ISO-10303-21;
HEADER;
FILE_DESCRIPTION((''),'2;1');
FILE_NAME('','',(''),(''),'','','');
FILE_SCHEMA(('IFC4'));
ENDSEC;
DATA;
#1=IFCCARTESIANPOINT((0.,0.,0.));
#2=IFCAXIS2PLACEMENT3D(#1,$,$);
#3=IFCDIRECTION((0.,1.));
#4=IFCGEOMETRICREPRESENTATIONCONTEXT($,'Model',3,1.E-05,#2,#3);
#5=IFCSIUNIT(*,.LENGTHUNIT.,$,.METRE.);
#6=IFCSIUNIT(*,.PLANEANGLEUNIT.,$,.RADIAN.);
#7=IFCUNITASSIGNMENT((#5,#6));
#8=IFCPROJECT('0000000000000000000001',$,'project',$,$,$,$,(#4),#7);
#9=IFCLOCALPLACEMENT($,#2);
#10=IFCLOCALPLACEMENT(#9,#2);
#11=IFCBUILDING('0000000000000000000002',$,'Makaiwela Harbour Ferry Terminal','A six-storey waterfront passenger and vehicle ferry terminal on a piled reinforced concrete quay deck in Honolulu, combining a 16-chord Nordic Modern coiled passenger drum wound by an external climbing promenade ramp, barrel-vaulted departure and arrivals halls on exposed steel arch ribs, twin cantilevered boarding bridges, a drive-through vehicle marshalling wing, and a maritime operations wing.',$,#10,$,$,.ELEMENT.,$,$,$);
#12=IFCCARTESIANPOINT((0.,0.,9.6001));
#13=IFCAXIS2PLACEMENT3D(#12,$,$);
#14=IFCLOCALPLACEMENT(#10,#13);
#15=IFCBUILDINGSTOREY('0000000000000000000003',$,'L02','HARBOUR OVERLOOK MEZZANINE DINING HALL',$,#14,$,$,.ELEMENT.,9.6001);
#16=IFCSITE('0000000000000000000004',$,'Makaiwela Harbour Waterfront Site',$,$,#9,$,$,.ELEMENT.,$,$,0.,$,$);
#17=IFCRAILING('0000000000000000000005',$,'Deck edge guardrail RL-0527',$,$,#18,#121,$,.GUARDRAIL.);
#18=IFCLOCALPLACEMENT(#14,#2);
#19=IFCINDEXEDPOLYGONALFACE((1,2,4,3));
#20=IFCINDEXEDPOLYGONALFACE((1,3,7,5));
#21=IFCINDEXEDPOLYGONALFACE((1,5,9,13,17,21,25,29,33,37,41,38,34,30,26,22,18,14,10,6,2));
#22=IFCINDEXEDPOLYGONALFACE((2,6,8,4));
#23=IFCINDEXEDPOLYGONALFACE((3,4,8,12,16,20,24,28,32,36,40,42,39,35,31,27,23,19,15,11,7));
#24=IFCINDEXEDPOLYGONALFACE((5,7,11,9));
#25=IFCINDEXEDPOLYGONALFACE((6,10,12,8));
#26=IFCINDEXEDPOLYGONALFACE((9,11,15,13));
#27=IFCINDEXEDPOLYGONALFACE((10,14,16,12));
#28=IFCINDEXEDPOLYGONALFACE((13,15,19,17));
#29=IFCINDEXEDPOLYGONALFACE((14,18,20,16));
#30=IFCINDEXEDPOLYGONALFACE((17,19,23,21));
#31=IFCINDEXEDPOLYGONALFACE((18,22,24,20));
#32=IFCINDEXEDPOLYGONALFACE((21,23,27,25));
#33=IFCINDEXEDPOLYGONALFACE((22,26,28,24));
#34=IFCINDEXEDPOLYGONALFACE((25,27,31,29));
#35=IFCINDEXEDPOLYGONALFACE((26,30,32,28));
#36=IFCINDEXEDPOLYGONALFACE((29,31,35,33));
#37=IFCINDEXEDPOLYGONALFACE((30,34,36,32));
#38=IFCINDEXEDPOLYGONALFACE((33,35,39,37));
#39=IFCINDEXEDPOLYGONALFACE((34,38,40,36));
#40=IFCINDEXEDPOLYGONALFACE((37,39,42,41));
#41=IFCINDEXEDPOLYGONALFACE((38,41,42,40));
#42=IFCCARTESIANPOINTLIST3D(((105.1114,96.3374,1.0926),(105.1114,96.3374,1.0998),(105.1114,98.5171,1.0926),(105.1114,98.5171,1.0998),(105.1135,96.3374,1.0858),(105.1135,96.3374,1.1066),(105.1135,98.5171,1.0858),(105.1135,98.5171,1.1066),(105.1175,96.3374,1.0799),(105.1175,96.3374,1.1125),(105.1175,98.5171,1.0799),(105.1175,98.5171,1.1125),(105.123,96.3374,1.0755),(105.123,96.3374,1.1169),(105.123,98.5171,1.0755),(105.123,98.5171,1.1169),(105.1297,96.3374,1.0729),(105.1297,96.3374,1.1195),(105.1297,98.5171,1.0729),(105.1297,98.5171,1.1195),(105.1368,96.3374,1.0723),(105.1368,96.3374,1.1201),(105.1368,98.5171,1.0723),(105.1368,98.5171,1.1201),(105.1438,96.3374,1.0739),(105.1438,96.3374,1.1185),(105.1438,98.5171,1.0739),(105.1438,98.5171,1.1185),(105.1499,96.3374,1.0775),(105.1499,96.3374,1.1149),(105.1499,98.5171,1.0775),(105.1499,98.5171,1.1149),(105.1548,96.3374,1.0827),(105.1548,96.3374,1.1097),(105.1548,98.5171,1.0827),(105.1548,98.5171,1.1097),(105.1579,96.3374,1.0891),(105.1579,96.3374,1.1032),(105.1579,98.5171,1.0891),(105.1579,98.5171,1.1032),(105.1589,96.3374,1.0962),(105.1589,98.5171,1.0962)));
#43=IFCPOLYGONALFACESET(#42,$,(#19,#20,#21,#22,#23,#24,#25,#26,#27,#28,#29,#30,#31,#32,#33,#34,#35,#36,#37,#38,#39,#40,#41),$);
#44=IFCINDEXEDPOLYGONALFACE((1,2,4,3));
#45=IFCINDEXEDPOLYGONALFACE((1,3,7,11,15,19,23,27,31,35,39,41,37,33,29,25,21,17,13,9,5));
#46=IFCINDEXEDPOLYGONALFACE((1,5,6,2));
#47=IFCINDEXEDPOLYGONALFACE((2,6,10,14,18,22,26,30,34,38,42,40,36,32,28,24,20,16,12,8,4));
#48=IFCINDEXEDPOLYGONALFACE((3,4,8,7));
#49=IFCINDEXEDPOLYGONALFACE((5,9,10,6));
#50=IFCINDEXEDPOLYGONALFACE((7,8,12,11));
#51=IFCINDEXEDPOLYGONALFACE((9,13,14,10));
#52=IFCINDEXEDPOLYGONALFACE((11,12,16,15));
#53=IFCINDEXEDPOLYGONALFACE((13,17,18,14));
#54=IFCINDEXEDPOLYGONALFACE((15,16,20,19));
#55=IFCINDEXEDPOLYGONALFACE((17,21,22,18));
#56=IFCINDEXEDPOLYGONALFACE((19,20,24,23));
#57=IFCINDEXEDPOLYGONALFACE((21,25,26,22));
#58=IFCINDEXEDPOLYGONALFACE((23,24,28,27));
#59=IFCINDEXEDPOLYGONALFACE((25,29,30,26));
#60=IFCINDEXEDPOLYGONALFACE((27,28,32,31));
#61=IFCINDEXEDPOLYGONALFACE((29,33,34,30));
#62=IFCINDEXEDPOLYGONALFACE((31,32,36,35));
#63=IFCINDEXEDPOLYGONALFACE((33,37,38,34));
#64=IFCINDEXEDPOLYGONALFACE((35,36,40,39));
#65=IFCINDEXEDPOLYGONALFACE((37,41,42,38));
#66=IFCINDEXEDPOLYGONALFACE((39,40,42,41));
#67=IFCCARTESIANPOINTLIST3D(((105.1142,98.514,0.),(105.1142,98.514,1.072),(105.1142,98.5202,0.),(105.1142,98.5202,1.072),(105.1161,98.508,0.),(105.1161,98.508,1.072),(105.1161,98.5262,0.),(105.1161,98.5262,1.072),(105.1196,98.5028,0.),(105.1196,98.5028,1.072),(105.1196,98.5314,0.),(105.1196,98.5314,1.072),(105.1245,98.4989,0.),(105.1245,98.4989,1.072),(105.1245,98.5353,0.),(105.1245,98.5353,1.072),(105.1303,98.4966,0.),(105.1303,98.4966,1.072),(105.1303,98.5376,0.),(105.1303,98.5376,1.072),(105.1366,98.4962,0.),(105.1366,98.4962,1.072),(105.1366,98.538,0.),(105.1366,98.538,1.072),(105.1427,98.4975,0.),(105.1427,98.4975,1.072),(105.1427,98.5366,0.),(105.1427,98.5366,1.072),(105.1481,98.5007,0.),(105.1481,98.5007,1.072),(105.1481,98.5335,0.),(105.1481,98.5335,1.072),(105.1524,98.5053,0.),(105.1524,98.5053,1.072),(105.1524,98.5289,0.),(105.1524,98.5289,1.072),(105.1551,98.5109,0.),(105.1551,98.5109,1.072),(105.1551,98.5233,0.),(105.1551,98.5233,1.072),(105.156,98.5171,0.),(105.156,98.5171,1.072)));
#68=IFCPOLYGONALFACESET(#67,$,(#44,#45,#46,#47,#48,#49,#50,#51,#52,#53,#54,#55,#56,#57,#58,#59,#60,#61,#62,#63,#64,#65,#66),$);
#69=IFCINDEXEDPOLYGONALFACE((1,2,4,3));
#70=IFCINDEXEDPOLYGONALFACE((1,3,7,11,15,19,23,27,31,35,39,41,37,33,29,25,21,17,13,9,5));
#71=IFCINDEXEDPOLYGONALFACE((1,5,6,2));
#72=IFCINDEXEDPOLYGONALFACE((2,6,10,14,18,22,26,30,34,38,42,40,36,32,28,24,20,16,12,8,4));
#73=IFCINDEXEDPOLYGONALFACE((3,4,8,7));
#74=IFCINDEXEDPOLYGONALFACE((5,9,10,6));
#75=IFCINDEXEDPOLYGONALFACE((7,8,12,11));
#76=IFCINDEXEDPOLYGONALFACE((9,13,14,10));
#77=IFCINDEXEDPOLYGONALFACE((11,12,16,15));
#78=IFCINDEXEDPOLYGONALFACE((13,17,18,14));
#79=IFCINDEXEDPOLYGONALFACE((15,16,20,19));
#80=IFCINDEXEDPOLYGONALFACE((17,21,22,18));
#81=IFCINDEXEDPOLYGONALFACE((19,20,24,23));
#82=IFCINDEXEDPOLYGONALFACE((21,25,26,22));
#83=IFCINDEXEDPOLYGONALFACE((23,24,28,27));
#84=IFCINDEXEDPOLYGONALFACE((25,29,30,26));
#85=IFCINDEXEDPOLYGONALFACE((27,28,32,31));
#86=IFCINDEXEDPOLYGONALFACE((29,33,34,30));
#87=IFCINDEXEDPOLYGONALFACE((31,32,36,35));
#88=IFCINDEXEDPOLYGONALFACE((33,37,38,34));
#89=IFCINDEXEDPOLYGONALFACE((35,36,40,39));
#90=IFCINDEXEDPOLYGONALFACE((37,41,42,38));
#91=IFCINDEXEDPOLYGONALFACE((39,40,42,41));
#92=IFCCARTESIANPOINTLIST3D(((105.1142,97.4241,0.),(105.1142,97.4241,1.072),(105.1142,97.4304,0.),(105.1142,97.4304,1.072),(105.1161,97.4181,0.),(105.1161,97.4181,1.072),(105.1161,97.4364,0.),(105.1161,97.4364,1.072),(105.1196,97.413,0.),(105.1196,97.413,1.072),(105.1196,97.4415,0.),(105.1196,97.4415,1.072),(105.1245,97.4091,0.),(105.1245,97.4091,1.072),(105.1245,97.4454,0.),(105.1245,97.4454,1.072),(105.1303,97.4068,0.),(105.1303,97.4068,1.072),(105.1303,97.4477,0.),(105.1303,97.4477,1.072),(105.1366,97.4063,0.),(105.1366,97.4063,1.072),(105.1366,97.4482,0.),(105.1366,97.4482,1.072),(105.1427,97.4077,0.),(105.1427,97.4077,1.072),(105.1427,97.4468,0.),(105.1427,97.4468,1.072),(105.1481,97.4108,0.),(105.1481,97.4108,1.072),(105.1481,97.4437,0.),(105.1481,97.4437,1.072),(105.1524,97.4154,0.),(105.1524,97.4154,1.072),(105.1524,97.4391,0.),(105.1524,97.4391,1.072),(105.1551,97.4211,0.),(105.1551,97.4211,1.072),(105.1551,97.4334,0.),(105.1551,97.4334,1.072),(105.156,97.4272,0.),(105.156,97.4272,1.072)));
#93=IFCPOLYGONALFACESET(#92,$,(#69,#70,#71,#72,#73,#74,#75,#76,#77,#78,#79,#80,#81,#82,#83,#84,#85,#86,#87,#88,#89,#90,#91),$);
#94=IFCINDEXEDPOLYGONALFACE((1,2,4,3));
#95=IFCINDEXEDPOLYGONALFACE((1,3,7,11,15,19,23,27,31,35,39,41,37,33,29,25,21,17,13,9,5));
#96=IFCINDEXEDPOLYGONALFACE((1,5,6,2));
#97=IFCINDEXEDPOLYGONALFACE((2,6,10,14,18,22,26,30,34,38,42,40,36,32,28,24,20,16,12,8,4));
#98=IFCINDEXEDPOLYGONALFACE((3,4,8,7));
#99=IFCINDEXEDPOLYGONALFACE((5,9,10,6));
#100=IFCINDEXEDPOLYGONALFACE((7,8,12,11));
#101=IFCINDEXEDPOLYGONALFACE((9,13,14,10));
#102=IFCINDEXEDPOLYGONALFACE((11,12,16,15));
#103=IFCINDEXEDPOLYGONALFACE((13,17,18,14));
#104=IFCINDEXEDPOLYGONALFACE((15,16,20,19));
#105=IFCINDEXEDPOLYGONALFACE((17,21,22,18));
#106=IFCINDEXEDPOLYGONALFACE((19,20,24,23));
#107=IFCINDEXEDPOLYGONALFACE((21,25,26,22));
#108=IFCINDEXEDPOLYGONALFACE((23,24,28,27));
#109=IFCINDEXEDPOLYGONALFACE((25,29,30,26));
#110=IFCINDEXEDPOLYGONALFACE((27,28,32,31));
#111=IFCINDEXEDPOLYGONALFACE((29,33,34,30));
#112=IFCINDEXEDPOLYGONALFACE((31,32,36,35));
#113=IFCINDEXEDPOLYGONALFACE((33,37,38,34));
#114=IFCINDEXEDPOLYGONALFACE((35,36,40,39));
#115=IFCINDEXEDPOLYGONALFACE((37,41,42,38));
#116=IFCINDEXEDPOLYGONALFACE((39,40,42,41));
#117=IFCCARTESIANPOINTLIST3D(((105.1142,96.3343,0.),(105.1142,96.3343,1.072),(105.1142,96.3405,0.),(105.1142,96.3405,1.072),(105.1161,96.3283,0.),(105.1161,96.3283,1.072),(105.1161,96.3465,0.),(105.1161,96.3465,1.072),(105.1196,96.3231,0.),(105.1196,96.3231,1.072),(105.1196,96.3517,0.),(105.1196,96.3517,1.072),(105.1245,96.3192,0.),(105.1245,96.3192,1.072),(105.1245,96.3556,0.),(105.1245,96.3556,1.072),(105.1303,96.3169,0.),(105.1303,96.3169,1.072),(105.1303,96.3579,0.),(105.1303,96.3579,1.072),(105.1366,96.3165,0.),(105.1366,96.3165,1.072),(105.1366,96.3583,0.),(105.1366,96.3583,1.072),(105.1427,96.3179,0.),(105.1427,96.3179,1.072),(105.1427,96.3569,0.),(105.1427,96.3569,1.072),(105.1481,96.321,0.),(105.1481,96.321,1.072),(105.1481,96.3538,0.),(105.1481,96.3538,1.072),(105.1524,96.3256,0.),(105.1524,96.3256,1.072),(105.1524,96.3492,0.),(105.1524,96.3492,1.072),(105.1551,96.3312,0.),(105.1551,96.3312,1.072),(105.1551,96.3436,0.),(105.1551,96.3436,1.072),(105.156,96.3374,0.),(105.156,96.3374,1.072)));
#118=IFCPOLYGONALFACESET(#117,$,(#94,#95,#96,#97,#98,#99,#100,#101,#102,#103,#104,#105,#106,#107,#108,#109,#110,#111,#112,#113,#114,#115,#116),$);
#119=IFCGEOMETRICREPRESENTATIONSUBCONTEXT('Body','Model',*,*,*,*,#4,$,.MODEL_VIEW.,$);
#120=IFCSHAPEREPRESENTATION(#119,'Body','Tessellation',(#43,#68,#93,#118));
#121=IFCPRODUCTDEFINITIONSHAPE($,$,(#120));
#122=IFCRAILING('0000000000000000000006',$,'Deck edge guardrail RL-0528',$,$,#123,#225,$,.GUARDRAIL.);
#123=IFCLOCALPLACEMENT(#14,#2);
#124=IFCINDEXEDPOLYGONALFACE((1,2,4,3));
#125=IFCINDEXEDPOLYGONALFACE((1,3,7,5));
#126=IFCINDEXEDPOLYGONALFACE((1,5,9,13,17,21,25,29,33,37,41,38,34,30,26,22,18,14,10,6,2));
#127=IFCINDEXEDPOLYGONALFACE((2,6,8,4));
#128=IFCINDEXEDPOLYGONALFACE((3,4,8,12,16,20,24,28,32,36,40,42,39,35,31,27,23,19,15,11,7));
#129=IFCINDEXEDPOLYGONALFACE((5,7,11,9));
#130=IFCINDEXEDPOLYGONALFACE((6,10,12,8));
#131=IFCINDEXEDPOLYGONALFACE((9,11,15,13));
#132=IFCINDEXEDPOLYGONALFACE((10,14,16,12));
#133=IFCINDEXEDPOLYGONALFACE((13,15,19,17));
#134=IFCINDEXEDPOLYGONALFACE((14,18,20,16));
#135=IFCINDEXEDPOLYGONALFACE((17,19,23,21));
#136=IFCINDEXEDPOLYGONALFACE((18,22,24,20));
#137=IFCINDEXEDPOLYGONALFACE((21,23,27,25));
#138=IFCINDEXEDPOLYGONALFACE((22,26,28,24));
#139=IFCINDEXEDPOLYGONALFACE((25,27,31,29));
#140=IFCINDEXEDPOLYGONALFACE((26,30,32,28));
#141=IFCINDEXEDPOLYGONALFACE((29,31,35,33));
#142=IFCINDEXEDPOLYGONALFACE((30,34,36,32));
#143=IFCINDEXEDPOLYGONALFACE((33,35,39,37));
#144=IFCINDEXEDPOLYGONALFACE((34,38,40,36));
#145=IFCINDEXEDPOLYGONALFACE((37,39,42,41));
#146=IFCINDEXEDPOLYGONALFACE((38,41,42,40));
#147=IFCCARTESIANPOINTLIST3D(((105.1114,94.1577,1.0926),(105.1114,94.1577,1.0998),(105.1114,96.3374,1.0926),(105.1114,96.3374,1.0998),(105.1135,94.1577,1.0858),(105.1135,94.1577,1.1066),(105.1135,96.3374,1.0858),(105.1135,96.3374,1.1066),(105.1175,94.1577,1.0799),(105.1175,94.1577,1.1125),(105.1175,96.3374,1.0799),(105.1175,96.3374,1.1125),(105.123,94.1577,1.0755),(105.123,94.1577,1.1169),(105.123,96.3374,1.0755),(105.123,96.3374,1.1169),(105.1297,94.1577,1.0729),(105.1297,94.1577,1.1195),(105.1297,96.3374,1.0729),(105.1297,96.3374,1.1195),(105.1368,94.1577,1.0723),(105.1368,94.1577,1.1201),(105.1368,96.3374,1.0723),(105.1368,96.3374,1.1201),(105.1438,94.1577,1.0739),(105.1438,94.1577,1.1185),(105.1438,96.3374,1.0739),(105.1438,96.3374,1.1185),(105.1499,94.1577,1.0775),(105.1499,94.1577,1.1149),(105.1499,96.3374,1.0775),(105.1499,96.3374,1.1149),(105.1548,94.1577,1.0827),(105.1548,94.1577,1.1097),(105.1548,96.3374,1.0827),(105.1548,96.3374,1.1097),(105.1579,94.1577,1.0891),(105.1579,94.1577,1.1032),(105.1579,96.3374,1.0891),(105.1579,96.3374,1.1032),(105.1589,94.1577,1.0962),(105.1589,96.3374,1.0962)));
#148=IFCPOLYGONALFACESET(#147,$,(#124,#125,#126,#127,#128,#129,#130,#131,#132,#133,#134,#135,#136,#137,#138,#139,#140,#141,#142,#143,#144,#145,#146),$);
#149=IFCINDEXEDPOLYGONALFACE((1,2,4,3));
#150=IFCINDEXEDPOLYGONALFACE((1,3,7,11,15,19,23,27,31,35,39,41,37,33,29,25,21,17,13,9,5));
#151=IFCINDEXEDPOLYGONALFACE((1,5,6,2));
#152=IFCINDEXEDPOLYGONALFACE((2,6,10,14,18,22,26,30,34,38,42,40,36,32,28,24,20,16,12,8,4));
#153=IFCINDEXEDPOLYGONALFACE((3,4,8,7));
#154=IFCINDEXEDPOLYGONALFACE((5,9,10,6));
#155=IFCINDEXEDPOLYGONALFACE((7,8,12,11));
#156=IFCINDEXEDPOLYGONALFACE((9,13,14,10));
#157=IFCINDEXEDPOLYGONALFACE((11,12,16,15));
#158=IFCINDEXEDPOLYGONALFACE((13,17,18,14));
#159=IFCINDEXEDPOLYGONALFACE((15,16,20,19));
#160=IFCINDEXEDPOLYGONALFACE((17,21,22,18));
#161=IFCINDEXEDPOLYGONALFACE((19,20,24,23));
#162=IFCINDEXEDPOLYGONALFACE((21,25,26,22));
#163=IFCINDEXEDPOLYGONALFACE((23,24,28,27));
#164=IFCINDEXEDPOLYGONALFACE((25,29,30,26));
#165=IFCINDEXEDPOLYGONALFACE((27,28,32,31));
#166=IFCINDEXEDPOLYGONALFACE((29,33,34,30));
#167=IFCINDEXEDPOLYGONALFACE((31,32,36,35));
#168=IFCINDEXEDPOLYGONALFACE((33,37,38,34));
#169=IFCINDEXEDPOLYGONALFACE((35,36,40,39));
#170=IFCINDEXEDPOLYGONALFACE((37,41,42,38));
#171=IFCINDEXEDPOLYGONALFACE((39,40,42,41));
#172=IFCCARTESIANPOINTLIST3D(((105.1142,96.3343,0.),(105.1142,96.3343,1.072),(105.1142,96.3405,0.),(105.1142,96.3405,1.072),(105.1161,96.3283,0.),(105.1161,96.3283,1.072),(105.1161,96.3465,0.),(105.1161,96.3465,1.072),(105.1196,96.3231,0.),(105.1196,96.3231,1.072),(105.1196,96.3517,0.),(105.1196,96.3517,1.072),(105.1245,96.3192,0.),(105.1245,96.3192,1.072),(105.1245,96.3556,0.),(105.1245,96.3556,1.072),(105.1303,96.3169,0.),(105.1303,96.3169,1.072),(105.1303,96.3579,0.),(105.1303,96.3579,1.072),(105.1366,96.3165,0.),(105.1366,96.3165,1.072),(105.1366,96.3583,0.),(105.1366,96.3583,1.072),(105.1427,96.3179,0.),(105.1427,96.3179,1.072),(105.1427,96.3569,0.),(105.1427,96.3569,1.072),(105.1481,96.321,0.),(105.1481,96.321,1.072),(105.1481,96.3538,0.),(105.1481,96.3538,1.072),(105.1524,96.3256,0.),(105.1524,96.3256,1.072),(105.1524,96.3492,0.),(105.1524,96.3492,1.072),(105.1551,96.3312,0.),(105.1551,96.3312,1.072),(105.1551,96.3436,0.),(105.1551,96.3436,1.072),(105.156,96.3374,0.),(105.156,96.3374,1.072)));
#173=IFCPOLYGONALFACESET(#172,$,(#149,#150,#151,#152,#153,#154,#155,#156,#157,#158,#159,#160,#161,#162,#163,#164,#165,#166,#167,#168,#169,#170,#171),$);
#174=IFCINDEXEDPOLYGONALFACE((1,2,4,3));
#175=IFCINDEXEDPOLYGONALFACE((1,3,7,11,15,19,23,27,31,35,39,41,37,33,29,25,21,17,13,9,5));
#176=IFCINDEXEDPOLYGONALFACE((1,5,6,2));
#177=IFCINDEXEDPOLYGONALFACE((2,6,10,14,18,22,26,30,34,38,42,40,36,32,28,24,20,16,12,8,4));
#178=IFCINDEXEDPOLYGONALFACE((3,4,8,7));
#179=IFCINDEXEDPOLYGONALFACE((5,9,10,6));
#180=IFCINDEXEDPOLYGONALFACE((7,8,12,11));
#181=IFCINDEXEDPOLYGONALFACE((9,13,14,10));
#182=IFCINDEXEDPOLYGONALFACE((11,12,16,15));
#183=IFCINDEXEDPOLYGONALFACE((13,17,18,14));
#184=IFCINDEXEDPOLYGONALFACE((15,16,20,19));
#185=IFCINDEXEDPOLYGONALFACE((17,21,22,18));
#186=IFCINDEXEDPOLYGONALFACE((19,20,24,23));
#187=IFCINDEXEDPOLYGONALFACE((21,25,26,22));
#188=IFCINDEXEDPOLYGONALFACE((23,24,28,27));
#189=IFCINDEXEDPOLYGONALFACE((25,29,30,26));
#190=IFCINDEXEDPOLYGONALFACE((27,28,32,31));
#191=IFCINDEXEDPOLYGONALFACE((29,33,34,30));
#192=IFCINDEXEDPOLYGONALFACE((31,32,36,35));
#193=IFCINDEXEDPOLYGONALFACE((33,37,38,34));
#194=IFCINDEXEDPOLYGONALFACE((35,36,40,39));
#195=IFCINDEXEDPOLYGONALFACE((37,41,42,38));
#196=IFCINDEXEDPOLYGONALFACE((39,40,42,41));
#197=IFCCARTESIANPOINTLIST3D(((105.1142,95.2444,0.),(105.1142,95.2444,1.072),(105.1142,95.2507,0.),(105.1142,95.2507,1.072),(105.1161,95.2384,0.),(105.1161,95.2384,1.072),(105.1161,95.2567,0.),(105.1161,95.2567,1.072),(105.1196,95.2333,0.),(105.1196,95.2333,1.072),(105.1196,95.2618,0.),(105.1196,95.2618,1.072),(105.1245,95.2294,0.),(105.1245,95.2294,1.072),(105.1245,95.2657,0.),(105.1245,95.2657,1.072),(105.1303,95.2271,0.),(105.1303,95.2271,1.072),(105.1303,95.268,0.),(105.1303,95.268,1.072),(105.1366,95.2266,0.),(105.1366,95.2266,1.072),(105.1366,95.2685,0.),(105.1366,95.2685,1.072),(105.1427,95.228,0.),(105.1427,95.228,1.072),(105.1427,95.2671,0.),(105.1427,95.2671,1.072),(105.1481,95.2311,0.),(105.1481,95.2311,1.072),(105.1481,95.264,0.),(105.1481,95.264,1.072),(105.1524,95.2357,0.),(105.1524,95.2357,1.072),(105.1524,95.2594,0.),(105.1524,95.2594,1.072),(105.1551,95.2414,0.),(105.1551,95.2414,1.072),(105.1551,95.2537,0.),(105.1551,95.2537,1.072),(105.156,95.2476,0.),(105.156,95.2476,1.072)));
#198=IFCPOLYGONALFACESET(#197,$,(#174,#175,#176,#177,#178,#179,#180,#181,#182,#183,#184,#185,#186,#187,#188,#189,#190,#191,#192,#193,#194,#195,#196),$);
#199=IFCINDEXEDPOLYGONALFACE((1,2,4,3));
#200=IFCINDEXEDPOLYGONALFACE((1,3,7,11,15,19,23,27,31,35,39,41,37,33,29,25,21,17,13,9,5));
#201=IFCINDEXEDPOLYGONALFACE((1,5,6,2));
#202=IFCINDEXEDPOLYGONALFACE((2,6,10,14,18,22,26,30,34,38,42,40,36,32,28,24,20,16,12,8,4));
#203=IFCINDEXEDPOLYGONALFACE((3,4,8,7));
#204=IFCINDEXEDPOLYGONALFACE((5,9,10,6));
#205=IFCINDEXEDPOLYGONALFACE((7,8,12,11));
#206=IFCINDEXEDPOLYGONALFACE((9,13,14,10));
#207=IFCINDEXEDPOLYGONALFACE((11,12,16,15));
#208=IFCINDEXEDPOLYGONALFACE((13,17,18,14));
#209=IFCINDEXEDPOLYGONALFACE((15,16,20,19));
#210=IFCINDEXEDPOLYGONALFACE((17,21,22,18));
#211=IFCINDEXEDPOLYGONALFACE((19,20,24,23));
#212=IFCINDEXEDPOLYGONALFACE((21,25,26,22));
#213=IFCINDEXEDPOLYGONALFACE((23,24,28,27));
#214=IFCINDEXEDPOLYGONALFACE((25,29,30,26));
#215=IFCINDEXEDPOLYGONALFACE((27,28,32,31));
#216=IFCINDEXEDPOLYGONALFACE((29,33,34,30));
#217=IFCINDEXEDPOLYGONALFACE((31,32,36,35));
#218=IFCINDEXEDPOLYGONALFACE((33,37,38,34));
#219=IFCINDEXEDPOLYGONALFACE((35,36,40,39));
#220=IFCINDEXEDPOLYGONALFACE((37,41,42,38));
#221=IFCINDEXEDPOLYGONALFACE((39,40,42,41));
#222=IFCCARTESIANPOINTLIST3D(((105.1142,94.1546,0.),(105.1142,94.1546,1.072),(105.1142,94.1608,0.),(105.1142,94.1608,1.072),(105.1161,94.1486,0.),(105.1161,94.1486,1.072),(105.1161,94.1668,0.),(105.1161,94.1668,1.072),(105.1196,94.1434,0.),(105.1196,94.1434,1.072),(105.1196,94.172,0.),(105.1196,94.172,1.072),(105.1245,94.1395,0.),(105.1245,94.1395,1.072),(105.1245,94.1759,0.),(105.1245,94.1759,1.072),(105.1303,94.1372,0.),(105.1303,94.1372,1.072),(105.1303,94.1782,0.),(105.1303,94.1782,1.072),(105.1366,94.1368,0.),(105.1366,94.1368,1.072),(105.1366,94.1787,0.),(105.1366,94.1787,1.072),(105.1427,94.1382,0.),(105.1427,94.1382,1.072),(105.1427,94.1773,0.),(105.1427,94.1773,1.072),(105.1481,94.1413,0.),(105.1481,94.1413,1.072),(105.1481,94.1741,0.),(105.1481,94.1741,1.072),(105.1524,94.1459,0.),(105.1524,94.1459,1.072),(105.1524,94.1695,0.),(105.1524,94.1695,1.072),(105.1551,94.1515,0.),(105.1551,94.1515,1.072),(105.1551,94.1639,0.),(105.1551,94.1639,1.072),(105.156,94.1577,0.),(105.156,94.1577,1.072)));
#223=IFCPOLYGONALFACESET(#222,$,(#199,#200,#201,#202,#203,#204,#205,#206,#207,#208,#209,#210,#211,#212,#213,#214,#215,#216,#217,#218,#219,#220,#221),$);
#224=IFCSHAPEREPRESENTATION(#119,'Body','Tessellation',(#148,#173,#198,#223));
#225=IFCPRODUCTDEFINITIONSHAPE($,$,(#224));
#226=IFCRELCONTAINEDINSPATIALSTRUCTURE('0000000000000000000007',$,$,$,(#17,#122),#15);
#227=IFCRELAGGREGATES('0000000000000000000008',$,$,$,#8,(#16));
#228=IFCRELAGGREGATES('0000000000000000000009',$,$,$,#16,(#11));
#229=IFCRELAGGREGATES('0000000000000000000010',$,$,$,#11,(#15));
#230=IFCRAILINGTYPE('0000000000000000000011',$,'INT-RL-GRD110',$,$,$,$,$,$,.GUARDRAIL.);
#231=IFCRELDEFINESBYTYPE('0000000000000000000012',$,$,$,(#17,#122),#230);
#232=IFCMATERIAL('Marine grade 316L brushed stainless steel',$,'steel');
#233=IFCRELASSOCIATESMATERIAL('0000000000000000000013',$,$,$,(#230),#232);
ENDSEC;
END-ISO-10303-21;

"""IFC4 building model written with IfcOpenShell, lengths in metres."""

from ifc_helpers import new_model, si_unit, direction, frame, origin, origin_2d, place, context, subcontext, project, spatial, circle, extrude, material, type_object, element, save


model = new_model("IFC4")

# Units and contexts
model_context = context("Model", 3, precision=1e-05, world=origin(), true_north=direction((0.0, 1.0)))
body_context = subcontext(model_context, "Body", "Model", "MODEL_VIEW")
ifc_project = project(units=[si_unit("LENGTHUNIT", "METRE"), si_unit("PLANEANGLEUNIT", "RADIAN")], contexts=[model_context])

# Site, building, storey
site_placement = place(None, origin())
site = spatial("IfcSite", under=ifc_project, at=site_placement, Name="Makaiwela Harbour Waterfront Site", CompositionType="ELEMENT", RefElevation=0.0)
building_placement = place(site_placement, origin())
building = spatial("IfcBuilding", under=site, at=building_placement, Name="Makaiwela Harbour Ferry Terminal", Description="A six-storey waterfront passenger and vehicle ferry terminal on a piled reinforced concrete quay deck in Honolulu, combining a 16-chord Nordic Modern coiled passenger drum wound by an external climbing promenade ramp, barrel-vaulted departure and arrivals halls on exposed steel arch ribs, twin cantilevered boarding bridges, a drive-through vehicle marshalling wing, and a maritime operations wing.", CompositionType="ELEMENT")
storey_placement = place(building_placement, frame((0.0, 0.0, 9.6001)))
storey = spatial("IfcBuildingStorey", under=building, at=storey_placement, Name="L02", Description="HARBOUR OVERLOOK MEZZANINE DINING HALL", CompositionType="ELEMENT", Elevation=9.6001)

# Railings
ifc_material_1 = material(Name="Marine grade 316L brushed stainless steel", Category="steel")
railing_type = type_object("IfcRailingType", Name="INT-RL-GRD110", PredefinedType="GUARDRAIL", material=ifc_material_1)
for number, where, name in (
    (1, (105.135, 98.5171, 0.0), "Deck edge guardrail RL-0527"),
    (2, (105.135, 96.3374, 0.0), "Deck edge guardrail RL-0528"),
):
    element("IfcRailing", number, at=place(storey_placement, frame(where)), inside=storey, type_object=railing_type, Name=name, PredefinedType="GUARDRAIL", context=body_context, shape_type="SweptSolid", body=[
        extrude(circle(Radius=0.0239, at=origin_2d()), frame((0.0, 0.0, 1.0962), z_axis=(0.0, -1.0, 0.0), x_axis=(1.0, 0.0, 0.0)), (0.0, 0.0, 1.0), 2.1797),
        extrude(circle(Radius=0.021, at=origin_2d()), origin(), (0.0, 0.0, 1.0), 1.072),
        extrude(circle(Radius=0.021, at=origin_2d()), frame((0.0, -1.0898, 0.0)), (0.0, 0.0, 1.0), 1.072),
        extrude(circle(Radius=0.021, at=origin_2d()), frame((0.0, -2.1797, 0.0)), (0.0, 0.0, 1.0), 1.072),
    ])

save(model, "model.ifc")
